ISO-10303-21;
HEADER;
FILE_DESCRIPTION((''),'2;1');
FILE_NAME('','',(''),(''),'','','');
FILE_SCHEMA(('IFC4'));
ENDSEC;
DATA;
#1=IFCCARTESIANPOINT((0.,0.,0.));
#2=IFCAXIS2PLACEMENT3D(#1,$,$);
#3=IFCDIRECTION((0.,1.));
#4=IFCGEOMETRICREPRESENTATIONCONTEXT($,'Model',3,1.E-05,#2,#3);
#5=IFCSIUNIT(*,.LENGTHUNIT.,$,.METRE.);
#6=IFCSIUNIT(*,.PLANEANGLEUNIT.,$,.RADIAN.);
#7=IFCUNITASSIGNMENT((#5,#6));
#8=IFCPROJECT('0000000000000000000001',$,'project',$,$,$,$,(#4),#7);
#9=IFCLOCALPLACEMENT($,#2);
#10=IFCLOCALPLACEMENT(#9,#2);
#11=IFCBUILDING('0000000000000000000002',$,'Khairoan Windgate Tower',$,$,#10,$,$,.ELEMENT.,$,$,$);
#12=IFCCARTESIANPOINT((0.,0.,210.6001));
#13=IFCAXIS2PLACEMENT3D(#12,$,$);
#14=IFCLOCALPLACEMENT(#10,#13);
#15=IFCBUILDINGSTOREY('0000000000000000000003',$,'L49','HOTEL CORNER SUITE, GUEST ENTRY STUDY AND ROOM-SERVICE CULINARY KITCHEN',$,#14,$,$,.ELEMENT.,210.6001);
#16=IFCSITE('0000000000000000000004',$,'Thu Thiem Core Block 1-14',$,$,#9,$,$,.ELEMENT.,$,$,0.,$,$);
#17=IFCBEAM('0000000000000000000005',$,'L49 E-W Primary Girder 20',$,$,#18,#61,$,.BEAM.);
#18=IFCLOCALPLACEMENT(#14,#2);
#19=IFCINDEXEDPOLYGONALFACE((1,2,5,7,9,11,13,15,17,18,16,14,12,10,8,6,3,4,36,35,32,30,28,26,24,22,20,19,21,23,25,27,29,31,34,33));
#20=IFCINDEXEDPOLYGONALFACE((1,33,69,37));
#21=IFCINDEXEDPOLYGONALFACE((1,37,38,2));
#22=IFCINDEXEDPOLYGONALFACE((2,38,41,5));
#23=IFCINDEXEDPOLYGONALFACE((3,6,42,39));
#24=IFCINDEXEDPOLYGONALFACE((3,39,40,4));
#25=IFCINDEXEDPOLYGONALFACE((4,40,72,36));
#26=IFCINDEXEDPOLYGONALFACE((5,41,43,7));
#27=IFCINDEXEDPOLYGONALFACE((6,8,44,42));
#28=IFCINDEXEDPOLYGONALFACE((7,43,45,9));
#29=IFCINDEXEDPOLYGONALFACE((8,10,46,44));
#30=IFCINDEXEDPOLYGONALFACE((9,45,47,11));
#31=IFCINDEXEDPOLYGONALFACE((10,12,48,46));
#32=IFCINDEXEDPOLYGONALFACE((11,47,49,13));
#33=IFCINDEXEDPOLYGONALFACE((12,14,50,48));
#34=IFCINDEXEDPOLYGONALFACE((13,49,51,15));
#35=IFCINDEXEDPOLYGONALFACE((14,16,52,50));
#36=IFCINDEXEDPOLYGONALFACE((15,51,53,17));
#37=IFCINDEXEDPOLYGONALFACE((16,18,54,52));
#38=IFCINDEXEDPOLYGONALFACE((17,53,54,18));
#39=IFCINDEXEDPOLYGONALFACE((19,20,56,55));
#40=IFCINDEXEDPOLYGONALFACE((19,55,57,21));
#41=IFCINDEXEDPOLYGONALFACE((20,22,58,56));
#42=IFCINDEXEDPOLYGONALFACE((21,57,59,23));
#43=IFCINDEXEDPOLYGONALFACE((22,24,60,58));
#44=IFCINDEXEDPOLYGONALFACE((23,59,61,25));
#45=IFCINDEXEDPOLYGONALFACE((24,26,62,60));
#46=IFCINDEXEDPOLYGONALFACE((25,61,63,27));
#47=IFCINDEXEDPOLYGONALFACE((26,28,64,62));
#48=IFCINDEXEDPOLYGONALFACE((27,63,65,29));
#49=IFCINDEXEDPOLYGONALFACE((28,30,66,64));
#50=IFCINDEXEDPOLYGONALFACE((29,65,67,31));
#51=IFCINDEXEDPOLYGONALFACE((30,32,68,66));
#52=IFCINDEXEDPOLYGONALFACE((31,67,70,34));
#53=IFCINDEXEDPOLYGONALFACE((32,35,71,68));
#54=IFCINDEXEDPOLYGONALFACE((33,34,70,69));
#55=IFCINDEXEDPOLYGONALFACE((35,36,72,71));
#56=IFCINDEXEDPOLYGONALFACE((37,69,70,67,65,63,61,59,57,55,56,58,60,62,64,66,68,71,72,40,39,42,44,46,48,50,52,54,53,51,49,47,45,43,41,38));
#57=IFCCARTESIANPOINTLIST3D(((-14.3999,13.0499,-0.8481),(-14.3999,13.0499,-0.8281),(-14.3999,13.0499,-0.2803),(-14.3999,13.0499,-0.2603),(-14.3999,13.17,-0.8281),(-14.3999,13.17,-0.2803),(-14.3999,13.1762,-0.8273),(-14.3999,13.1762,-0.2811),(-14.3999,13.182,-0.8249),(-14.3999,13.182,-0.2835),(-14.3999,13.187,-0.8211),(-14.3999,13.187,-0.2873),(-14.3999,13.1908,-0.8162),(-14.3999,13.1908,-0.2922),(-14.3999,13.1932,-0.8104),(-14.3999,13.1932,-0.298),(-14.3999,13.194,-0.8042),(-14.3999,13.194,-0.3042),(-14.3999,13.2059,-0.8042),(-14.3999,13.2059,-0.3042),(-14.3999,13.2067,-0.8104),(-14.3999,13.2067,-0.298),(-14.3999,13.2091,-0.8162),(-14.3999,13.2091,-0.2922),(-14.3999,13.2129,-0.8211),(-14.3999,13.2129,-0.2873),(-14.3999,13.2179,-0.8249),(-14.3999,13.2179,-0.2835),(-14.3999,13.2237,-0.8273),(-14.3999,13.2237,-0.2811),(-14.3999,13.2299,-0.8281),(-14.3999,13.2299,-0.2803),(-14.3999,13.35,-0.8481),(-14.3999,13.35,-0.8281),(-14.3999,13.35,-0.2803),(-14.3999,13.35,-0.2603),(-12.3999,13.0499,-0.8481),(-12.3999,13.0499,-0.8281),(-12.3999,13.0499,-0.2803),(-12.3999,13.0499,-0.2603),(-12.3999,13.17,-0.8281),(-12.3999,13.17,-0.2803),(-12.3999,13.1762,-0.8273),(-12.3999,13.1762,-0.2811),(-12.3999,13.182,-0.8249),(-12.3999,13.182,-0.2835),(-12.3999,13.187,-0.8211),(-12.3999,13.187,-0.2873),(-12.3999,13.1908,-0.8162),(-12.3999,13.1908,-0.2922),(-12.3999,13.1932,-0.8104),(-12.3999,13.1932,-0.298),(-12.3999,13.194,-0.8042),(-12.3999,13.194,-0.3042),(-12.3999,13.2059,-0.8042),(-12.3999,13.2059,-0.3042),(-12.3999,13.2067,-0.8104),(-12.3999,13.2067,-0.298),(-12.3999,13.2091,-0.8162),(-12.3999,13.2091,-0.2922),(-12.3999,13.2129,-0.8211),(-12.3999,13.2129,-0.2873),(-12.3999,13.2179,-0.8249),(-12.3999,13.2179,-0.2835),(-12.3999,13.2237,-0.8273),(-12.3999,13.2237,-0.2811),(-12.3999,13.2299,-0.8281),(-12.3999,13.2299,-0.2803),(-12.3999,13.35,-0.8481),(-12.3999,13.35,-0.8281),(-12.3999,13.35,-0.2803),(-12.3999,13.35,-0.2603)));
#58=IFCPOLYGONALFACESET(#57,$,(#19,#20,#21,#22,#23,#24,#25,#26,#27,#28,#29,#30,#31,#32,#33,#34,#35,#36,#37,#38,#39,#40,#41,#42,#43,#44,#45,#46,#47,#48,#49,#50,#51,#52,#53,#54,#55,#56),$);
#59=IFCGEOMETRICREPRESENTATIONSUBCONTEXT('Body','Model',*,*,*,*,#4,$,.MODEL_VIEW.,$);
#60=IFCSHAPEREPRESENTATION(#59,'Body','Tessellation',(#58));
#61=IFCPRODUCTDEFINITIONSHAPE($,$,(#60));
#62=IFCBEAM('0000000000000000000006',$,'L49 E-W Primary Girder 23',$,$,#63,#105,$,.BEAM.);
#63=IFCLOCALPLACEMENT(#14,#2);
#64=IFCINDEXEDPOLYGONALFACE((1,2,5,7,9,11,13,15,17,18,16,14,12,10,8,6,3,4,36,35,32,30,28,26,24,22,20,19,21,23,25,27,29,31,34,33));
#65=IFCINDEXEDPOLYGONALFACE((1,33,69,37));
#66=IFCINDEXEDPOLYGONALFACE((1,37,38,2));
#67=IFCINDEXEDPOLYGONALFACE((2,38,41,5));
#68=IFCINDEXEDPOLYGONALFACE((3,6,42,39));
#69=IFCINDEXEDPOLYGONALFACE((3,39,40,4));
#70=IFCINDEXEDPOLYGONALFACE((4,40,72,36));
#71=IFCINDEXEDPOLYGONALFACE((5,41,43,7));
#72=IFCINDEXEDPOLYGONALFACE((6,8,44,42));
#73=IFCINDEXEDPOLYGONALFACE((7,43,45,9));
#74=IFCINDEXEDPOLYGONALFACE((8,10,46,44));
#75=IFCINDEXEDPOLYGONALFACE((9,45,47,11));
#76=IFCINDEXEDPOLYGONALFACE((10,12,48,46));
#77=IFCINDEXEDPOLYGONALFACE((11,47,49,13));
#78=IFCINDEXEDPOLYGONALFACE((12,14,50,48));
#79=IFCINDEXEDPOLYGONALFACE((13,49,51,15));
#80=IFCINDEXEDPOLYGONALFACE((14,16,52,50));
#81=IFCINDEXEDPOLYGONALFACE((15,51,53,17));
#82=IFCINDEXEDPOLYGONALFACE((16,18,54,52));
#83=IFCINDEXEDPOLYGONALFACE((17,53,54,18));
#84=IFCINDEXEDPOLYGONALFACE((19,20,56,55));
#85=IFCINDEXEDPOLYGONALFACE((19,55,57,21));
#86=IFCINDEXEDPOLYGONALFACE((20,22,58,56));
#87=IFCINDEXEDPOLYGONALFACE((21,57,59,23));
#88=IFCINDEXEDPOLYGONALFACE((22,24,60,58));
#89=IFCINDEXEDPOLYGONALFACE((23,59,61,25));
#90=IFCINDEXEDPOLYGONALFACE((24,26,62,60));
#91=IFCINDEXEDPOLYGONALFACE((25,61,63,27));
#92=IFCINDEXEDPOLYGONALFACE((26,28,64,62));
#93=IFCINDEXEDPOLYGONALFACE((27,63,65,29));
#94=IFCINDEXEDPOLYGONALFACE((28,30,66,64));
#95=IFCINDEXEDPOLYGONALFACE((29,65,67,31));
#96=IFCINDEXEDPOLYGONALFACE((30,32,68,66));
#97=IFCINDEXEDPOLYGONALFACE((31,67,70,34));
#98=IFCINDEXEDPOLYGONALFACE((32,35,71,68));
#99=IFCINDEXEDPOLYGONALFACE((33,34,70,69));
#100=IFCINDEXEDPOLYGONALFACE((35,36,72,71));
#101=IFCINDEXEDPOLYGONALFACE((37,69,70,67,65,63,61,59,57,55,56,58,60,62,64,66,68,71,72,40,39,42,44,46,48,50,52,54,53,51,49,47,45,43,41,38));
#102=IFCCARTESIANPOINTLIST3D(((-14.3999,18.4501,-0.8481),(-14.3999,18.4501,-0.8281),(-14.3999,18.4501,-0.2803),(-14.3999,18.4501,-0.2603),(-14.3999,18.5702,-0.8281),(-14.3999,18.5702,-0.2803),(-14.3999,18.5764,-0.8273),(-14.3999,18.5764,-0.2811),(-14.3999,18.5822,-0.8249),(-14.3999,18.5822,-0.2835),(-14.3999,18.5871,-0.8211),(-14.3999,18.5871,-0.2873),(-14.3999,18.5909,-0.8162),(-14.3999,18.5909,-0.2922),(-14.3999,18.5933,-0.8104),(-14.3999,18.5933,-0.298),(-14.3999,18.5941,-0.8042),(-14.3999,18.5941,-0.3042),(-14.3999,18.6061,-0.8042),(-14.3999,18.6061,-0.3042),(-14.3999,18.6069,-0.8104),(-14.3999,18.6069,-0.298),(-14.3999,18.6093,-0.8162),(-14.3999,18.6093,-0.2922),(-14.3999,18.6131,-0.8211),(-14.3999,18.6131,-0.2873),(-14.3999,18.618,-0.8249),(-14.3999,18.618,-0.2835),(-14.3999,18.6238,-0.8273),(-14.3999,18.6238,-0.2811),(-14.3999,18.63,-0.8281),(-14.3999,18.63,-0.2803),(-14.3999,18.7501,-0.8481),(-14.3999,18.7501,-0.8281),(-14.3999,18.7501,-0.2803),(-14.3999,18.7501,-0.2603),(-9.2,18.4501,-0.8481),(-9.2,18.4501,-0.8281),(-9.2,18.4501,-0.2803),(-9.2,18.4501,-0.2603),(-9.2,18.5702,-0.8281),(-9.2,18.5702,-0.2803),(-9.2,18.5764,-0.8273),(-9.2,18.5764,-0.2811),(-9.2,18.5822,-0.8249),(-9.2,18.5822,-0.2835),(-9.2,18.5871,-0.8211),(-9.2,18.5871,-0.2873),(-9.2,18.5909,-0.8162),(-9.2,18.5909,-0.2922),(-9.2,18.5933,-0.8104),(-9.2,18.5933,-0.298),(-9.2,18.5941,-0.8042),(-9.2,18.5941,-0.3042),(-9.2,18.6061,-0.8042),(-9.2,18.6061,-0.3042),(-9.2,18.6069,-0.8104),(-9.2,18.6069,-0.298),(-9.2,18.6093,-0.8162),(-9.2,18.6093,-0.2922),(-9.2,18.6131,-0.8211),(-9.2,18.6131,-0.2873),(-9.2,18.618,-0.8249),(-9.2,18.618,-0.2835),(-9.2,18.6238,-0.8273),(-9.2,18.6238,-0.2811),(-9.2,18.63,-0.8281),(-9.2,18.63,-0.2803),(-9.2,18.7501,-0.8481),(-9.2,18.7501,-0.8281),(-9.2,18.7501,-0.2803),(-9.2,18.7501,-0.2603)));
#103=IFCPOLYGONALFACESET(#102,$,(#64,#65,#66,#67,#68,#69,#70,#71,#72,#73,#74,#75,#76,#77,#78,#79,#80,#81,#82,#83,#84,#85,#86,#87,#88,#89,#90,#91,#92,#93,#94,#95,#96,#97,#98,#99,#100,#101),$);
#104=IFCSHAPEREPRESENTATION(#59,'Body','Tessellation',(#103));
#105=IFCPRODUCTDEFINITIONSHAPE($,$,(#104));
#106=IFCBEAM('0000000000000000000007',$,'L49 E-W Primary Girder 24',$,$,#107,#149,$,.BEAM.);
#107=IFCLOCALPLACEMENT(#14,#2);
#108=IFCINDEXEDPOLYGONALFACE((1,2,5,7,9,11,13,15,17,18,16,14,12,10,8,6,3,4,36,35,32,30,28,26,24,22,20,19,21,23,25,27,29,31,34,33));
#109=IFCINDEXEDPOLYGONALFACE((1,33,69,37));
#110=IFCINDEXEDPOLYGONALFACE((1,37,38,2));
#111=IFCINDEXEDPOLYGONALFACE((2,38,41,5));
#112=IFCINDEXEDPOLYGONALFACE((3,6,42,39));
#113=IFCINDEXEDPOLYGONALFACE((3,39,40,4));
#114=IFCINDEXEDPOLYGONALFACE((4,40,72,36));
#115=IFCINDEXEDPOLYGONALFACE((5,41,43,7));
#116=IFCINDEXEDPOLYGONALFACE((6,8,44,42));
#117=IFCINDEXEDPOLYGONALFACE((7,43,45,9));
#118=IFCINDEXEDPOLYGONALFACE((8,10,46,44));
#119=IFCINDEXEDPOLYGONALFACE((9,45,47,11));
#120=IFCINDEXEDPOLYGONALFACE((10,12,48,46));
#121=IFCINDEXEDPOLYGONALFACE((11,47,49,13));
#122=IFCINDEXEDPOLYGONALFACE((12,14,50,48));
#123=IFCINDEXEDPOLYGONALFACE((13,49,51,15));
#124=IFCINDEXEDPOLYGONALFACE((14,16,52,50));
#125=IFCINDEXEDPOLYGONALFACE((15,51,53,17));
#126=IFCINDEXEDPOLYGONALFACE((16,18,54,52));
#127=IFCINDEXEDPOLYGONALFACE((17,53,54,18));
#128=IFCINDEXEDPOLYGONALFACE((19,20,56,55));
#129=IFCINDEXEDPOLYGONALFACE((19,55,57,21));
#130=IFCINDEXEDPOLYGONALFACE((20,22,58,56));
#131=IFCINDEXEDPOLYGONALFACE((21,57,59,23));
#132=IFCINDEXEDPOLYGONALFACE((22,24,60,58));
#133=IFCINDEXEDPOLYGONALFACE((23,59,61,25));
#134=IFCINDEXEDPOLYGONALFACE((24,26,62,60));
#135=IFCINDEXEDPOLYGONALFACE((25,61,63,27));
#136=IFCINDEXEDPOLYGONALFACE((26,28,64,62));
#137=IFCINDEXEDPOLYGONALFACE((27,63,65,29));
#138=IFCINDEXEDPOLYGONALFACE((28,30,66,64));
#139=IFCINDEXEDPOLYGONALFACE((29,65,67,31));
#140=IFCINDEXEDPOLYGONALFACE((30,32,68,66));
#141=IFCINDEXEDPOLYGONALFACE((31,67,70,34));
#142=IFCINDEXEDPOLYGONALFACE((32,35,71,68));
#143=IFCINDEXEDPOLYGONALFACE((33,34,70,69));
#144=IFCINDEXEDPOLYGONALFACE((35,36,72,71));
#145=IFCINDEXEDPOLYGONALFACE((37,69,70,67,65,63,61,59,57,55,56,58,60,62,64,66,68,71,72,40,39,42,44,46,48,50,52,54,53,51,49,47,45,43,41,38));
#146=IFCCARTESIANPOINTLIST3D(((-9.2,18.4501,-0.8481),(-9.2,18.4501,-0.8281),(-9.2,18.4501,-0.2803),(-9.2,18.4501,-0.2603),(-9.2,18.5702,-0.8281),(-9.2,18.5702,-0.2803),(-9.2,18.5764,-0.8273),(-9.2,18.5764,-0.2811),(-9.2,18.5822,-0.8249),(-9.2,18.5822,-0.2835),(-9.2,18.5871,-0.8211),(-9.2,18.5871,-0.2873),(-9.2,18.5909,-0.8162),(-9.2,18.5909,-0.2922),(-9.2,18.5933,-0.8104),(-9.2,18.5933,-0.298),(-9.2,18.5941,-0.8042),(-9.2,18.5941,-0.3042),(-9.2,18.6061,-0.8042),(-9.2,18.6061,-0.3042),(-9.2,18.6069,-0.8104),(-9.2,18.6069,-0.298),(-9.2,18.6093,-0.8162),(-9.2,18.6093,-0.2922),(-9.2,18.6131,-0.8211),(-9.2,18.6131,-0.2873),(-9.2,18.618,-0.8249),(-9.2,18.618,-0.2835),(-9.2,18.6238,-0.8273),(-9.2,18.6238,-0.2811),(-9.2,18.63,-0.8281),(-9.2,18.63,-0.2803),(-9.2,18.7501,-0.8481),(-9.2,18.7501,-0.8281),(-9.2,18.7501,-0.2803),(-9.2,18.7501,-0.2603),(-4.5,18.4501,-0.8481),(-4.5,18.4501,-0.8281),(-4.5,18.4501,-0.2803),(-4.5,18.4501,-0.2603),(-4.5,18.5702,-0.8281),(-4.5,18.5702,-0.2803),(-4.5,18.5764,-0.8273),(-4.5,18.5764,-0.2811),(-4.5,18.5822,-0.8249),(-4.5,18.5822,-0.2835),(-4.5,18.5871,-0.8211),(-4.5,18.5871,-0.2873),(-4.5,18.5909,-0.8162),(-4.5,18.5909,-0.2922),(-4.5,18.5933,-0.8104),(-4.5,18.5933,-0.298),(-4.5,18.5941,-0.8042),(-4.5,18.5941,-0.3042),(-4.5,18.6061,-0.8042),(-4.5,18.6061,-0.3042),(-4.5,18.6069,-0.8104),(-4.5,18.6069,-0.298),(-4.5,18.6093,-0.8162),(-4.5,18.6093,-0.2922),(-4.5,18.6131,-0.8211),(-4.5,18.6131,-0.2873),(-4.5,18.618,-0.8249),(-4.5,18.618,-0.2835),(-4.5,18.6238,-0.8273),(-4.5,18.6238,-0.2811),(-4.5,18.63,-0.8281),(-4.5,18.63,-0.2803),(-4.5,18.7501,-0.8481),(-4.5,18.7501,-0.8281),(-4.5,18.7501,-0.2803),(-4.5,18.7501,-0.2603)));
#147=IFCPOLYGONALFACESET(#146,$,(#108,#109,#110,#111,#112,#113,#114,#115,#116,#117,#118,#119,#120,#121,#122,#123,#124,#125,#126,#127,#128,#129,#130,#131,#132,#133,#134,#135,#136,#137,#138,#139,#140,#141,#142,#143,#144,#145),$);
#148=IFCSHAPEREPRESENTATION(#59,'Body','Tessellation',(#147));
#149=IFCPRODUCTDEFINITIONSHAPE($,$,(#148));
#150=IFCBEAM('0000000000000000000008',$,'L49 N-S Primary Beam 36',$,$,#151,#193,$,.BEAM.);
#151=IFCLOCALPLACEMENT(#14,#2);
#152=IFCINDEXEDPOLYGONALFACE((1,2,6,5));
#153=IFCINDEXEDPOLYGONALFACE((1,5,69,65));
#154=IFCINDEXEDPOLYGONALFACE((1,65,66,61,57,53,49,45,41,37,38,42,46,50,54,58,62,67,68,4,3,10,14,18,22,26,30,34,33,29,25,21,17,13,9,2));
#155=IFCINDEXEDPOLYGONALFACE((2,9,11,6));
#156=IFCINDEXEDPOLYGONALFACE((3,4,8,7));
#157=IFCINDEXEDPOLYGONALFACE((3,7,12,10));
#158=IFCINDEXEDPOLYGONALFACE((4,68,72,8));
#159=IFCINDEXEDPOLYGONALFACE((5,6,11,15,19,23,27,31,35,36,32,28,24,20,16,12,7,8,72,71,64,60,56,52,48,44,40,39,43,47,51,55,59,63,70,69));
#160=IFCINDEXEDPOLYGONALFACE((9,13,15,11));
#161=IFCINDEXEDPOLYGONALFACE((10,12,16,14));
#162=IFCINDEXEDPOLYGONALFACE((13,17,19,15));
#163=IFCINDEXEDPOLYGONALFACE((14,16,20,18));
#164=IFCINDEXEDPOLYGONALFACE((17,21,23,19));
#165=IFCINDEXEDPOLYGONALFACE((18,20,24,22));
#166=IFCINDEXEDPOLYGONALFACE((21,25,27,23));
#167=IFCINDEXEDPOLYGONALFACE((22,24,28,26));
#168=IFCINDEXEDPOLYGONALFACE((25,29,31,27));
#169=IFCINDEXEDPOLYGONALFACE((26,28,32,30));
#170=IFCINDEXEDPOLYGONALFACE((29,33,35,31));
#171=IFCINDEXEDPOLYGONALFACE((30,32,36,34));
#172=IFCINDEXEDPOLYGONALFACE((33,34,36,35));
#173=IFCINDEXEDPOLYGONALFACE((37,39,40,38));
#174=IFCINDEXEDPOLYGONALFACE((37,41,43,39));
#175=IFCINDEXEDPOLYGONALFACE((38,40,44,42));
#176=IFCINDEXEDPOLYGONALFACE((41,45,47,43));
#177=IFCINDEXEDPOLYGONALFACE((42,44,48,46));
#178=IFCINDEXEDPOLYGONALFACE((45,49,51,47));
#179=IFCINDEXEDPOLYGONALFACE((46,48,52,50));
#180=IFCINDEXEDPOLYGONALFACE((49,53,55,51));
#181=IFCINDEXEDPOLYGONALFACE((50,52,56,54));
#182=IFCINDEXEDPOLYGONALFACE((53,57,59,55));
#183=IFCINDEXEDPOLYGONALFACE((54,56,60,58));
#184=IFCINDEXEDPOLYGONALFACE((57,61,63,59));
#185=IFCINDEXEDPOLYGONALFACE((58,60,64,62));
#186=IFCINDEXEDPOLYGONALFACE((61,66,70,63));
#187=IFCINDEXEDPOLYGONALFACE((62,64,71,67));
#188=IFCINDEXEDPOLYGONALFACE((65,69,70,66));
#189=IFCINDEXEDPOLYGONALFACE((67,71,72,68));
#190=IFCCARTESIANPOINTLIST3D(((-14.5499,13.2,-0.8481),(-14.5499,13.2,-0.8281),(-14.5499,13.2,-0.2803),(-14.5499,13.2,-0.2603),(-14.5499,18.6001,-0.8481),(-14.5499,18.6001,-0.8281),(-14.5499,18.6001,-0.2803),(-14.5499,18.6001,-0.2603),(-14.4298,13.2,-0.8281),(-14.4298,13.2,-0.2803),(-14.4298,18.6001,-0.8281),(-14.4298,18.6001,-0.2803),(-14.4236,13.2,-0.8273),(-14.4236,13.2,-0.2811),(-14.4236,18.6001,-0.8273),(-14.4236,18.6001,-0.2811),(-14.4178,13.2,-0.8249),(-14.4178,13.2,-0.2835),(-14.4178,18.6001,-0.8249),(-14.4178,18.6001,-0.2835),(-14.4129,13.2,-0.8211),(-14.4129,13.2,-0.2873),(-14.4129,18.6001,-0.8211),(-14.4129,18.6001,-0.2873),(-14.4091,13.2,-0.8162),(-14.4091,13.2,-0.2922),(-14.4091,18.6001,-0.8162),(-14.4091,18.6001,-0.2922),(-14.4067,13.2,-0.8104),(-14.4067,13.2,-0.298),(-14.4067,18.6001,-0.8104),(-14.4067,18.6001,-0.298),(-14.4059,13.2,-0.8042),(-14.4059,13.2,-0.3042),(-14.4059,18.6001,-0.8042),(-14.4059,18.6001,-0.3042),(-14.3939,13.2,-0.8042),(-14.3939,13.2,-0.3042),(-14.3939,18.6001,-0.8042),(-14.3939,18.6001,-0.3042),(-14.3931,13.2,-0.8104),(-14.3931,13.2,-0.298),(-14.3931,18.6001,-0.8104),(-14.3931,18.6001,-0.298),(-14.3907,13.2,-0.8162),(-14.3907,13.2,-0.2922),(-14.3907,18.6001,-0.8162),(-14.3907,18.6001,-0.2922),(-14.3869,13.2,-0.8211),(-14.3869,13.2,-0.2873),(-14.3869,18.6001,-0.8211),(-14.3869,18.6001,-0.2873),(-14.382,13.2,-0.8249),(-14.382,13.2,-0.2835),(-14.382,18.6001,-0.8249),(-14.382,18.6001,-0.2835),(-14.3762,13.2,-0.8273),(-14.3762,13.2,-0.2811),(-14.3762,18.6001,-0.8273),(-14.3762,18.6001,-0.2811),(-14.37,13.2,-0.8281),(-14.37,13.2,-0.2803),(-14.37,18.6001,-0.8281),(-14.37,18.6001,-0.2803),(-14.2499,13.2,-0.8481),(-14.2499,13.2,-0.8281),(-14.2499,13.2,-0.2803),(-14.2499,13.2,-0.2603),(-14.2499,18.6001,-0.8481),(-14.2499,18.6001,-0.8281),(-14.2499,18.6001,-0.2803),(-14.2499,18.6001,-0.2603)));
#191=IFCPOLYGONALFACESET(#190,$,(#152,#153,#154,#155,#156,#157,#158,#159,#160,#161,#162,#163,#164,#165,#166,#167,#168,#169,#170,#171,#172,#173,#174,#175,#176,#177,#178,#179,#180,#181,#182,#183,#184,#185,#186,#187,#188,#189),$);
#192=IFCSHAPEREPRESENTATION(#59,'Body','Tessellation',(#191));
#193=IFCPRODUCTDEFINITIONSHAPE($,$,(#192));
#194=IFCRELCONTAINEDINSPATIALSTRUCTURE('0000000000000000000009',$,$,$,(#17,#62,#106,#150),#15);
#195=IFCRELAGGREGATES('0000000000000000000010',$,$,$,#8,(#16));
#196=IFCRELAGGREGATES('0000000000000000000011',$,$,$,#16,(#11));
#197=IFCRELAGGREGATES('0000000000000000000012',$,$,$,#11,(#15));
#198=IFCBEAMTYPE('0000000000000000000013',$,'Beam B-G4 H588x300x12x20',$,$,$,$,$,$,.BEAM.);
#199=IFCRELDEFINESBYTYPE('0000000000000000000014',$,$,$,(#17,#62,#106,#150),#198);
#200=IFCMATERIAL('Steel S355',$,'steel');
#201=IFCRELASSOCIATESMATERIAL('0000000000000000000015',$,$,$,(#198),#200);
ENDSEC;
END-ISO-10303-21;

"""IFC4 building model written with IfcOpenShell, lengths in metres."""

from ifc_helpers import new_model, si_unit, direction, frame, origin, origin_2d, place, context, subcontext, project, spatial, i_section, extrude, material, material_profile, profile_set, type_object, element, save


model = new_model("IFC4")

# Units and contexts
model_context = context("Model", 3, precision=1e-05, world=origin(), true_north=direction((0.0, 1.0)))
body_context = subcontext(model_context, "Body", "Model", "MODEL_VIEW")
ifc_project = project(units=[si_unit("LENGTHUNIT", "METRE"), si_unit("PLANEANGLEUNIT", "RADIAN")], contexts=[model_context])

# Site, building, storey
site_placement = place(None, origin())
site = spatial("IfcSite", under=ifc_project, at=site_placement, Name="Thu Thiem Core Block 1-14", CompositionType="ELEMENT", RefElevation=0.0)
building_placement = place(site_placement, origin())
building = spatial("IfcBuilding", under=site, at=building_placement, Name="Khairoan Windgate Tower", CompositionType="ELEMENT")
storey_placement = place(building_placement, frame((0.0, 0.0, 210.6001)))
storey = spatial("IfcBuildingStorey", under=building, at=storey_placement, Name="L49", Description="HOTEL CORNER SUITE, GUEST ENTRY STUDY AND ROOM-SERVICE CULINARY KITCHEN", CompositionType="ELEMENT", Elevation=210.6001)

# Beams
ifc_material_1 = material(Name="Steel S355", Category="steel")
ifc_material_profile_1 = material_profile(ifc_material_1, i_section(OverallWidth=0.3, OverallDepth=0.5879, WebThickness=0.012, FlangeThickness=0.02, FilletRadius=0.0239, at=origin_2d()))
ifc_profile_set_1 = profile_set([ifc_material_profile_1], Name="Steel S355")
beam_type_1 = type_object("IfcBeamType", Name="Beam B-G4 H588x300x12x20", PredefinedType="BEAM", material=ifc_profile_set_1)
beam_1_placement = place(storey_placement, frame((-14.3999, 13.2, -0.5542), z_axis=(1.0, 0.0, 0.0), x_axis=(0.0, 1.0, 0.0)))
element("IfcBeam", 1, at=beam_1_placement, inside=storey, type_object=beam_type_1, Name="L49 E-W Primary Girder 20", PredefinedType="BEAM", context=body_context, shape_type="SweptSolid", body=[
    extrude(i_section(OverallWidth=0.3, OverallDepth=0.5879, WebThickness=0.012, FlangeThickness=0.02, FilletRadius=0.0239, at=origin_2d()), origin(), (0.0, 0.0, 1.0), 2.0),
])
beam_2_placement = place(storey_placement, frame((-14.3999, 18.6001, -0.5542), z_axis=(1.0, 0.0, 0.0), x_axis=(0.0, 1.0, 0.0)))
element("IfcBeam", 2, at=beam_2_placement, inside=storey, type_object=beam_type_1, Name="L49 E-W Primary Girder 23", PredefinedType="BEAM", context=body_context, shape_type="SweptSolid", body=[
    extrude(i_section(OverallWidth=0.3, OverallDepth=0.5879, WebThickness=0.012, FlangeThickness=0.02, FilletRadius=0.0239, at=origin_2d()), origin(), (0.0, 0.0, 1.0), 5.2),
])
beam_3_placement = place(storey_placement, frame((-9.2, 18.6001, -0.5542), z_axis=(1.0, 0.0, 0.0), x_axis=(0.0, 1.0, 0.0)))
element("IfcBeam", 3, at=beam_3_placement, inside=storey, type_object=beam_type_1, Name="L49 E-W Primary Girder 24", PredefinedType="BEAM", context=body_context, shape_type="SweptSolid", body=[
    extrude(i_section(OverallWidth=0.3, OverallDepth=0.5879, WebThickness=0.012, FlangeThickness=0.02, FilletRadius=0.0239, at=origin_2d()), origin(), (0.0, 0.0, 1.0), 4.7),
])
beam_4_placement = place(storey_placement, frame((-14.3999, 13.2, -0.5542), z_axis=(0.0, 1.0, 0.0), x_axis=(-1.0, 0.0, 0.0)))
element("IfcBeam", 4, at=beam_4_placement, inside=storey, type_object=beam_type_1, Name="L49 N-S Primary Beam 36", PredefinedType="BEAM", context=body_context, shape_type="SweptSolid", body=[
    extrude(i_section(OverallWidth=0.3, OverallDepth=0.5879, WebThickness=0.012, FlangeThickness=0.02, FilletRadius=0.0239, at=origin_2d()), origin(), (0.0, 0.0, 1.0), 5.4001),
])

save(model, "model.ifc")
